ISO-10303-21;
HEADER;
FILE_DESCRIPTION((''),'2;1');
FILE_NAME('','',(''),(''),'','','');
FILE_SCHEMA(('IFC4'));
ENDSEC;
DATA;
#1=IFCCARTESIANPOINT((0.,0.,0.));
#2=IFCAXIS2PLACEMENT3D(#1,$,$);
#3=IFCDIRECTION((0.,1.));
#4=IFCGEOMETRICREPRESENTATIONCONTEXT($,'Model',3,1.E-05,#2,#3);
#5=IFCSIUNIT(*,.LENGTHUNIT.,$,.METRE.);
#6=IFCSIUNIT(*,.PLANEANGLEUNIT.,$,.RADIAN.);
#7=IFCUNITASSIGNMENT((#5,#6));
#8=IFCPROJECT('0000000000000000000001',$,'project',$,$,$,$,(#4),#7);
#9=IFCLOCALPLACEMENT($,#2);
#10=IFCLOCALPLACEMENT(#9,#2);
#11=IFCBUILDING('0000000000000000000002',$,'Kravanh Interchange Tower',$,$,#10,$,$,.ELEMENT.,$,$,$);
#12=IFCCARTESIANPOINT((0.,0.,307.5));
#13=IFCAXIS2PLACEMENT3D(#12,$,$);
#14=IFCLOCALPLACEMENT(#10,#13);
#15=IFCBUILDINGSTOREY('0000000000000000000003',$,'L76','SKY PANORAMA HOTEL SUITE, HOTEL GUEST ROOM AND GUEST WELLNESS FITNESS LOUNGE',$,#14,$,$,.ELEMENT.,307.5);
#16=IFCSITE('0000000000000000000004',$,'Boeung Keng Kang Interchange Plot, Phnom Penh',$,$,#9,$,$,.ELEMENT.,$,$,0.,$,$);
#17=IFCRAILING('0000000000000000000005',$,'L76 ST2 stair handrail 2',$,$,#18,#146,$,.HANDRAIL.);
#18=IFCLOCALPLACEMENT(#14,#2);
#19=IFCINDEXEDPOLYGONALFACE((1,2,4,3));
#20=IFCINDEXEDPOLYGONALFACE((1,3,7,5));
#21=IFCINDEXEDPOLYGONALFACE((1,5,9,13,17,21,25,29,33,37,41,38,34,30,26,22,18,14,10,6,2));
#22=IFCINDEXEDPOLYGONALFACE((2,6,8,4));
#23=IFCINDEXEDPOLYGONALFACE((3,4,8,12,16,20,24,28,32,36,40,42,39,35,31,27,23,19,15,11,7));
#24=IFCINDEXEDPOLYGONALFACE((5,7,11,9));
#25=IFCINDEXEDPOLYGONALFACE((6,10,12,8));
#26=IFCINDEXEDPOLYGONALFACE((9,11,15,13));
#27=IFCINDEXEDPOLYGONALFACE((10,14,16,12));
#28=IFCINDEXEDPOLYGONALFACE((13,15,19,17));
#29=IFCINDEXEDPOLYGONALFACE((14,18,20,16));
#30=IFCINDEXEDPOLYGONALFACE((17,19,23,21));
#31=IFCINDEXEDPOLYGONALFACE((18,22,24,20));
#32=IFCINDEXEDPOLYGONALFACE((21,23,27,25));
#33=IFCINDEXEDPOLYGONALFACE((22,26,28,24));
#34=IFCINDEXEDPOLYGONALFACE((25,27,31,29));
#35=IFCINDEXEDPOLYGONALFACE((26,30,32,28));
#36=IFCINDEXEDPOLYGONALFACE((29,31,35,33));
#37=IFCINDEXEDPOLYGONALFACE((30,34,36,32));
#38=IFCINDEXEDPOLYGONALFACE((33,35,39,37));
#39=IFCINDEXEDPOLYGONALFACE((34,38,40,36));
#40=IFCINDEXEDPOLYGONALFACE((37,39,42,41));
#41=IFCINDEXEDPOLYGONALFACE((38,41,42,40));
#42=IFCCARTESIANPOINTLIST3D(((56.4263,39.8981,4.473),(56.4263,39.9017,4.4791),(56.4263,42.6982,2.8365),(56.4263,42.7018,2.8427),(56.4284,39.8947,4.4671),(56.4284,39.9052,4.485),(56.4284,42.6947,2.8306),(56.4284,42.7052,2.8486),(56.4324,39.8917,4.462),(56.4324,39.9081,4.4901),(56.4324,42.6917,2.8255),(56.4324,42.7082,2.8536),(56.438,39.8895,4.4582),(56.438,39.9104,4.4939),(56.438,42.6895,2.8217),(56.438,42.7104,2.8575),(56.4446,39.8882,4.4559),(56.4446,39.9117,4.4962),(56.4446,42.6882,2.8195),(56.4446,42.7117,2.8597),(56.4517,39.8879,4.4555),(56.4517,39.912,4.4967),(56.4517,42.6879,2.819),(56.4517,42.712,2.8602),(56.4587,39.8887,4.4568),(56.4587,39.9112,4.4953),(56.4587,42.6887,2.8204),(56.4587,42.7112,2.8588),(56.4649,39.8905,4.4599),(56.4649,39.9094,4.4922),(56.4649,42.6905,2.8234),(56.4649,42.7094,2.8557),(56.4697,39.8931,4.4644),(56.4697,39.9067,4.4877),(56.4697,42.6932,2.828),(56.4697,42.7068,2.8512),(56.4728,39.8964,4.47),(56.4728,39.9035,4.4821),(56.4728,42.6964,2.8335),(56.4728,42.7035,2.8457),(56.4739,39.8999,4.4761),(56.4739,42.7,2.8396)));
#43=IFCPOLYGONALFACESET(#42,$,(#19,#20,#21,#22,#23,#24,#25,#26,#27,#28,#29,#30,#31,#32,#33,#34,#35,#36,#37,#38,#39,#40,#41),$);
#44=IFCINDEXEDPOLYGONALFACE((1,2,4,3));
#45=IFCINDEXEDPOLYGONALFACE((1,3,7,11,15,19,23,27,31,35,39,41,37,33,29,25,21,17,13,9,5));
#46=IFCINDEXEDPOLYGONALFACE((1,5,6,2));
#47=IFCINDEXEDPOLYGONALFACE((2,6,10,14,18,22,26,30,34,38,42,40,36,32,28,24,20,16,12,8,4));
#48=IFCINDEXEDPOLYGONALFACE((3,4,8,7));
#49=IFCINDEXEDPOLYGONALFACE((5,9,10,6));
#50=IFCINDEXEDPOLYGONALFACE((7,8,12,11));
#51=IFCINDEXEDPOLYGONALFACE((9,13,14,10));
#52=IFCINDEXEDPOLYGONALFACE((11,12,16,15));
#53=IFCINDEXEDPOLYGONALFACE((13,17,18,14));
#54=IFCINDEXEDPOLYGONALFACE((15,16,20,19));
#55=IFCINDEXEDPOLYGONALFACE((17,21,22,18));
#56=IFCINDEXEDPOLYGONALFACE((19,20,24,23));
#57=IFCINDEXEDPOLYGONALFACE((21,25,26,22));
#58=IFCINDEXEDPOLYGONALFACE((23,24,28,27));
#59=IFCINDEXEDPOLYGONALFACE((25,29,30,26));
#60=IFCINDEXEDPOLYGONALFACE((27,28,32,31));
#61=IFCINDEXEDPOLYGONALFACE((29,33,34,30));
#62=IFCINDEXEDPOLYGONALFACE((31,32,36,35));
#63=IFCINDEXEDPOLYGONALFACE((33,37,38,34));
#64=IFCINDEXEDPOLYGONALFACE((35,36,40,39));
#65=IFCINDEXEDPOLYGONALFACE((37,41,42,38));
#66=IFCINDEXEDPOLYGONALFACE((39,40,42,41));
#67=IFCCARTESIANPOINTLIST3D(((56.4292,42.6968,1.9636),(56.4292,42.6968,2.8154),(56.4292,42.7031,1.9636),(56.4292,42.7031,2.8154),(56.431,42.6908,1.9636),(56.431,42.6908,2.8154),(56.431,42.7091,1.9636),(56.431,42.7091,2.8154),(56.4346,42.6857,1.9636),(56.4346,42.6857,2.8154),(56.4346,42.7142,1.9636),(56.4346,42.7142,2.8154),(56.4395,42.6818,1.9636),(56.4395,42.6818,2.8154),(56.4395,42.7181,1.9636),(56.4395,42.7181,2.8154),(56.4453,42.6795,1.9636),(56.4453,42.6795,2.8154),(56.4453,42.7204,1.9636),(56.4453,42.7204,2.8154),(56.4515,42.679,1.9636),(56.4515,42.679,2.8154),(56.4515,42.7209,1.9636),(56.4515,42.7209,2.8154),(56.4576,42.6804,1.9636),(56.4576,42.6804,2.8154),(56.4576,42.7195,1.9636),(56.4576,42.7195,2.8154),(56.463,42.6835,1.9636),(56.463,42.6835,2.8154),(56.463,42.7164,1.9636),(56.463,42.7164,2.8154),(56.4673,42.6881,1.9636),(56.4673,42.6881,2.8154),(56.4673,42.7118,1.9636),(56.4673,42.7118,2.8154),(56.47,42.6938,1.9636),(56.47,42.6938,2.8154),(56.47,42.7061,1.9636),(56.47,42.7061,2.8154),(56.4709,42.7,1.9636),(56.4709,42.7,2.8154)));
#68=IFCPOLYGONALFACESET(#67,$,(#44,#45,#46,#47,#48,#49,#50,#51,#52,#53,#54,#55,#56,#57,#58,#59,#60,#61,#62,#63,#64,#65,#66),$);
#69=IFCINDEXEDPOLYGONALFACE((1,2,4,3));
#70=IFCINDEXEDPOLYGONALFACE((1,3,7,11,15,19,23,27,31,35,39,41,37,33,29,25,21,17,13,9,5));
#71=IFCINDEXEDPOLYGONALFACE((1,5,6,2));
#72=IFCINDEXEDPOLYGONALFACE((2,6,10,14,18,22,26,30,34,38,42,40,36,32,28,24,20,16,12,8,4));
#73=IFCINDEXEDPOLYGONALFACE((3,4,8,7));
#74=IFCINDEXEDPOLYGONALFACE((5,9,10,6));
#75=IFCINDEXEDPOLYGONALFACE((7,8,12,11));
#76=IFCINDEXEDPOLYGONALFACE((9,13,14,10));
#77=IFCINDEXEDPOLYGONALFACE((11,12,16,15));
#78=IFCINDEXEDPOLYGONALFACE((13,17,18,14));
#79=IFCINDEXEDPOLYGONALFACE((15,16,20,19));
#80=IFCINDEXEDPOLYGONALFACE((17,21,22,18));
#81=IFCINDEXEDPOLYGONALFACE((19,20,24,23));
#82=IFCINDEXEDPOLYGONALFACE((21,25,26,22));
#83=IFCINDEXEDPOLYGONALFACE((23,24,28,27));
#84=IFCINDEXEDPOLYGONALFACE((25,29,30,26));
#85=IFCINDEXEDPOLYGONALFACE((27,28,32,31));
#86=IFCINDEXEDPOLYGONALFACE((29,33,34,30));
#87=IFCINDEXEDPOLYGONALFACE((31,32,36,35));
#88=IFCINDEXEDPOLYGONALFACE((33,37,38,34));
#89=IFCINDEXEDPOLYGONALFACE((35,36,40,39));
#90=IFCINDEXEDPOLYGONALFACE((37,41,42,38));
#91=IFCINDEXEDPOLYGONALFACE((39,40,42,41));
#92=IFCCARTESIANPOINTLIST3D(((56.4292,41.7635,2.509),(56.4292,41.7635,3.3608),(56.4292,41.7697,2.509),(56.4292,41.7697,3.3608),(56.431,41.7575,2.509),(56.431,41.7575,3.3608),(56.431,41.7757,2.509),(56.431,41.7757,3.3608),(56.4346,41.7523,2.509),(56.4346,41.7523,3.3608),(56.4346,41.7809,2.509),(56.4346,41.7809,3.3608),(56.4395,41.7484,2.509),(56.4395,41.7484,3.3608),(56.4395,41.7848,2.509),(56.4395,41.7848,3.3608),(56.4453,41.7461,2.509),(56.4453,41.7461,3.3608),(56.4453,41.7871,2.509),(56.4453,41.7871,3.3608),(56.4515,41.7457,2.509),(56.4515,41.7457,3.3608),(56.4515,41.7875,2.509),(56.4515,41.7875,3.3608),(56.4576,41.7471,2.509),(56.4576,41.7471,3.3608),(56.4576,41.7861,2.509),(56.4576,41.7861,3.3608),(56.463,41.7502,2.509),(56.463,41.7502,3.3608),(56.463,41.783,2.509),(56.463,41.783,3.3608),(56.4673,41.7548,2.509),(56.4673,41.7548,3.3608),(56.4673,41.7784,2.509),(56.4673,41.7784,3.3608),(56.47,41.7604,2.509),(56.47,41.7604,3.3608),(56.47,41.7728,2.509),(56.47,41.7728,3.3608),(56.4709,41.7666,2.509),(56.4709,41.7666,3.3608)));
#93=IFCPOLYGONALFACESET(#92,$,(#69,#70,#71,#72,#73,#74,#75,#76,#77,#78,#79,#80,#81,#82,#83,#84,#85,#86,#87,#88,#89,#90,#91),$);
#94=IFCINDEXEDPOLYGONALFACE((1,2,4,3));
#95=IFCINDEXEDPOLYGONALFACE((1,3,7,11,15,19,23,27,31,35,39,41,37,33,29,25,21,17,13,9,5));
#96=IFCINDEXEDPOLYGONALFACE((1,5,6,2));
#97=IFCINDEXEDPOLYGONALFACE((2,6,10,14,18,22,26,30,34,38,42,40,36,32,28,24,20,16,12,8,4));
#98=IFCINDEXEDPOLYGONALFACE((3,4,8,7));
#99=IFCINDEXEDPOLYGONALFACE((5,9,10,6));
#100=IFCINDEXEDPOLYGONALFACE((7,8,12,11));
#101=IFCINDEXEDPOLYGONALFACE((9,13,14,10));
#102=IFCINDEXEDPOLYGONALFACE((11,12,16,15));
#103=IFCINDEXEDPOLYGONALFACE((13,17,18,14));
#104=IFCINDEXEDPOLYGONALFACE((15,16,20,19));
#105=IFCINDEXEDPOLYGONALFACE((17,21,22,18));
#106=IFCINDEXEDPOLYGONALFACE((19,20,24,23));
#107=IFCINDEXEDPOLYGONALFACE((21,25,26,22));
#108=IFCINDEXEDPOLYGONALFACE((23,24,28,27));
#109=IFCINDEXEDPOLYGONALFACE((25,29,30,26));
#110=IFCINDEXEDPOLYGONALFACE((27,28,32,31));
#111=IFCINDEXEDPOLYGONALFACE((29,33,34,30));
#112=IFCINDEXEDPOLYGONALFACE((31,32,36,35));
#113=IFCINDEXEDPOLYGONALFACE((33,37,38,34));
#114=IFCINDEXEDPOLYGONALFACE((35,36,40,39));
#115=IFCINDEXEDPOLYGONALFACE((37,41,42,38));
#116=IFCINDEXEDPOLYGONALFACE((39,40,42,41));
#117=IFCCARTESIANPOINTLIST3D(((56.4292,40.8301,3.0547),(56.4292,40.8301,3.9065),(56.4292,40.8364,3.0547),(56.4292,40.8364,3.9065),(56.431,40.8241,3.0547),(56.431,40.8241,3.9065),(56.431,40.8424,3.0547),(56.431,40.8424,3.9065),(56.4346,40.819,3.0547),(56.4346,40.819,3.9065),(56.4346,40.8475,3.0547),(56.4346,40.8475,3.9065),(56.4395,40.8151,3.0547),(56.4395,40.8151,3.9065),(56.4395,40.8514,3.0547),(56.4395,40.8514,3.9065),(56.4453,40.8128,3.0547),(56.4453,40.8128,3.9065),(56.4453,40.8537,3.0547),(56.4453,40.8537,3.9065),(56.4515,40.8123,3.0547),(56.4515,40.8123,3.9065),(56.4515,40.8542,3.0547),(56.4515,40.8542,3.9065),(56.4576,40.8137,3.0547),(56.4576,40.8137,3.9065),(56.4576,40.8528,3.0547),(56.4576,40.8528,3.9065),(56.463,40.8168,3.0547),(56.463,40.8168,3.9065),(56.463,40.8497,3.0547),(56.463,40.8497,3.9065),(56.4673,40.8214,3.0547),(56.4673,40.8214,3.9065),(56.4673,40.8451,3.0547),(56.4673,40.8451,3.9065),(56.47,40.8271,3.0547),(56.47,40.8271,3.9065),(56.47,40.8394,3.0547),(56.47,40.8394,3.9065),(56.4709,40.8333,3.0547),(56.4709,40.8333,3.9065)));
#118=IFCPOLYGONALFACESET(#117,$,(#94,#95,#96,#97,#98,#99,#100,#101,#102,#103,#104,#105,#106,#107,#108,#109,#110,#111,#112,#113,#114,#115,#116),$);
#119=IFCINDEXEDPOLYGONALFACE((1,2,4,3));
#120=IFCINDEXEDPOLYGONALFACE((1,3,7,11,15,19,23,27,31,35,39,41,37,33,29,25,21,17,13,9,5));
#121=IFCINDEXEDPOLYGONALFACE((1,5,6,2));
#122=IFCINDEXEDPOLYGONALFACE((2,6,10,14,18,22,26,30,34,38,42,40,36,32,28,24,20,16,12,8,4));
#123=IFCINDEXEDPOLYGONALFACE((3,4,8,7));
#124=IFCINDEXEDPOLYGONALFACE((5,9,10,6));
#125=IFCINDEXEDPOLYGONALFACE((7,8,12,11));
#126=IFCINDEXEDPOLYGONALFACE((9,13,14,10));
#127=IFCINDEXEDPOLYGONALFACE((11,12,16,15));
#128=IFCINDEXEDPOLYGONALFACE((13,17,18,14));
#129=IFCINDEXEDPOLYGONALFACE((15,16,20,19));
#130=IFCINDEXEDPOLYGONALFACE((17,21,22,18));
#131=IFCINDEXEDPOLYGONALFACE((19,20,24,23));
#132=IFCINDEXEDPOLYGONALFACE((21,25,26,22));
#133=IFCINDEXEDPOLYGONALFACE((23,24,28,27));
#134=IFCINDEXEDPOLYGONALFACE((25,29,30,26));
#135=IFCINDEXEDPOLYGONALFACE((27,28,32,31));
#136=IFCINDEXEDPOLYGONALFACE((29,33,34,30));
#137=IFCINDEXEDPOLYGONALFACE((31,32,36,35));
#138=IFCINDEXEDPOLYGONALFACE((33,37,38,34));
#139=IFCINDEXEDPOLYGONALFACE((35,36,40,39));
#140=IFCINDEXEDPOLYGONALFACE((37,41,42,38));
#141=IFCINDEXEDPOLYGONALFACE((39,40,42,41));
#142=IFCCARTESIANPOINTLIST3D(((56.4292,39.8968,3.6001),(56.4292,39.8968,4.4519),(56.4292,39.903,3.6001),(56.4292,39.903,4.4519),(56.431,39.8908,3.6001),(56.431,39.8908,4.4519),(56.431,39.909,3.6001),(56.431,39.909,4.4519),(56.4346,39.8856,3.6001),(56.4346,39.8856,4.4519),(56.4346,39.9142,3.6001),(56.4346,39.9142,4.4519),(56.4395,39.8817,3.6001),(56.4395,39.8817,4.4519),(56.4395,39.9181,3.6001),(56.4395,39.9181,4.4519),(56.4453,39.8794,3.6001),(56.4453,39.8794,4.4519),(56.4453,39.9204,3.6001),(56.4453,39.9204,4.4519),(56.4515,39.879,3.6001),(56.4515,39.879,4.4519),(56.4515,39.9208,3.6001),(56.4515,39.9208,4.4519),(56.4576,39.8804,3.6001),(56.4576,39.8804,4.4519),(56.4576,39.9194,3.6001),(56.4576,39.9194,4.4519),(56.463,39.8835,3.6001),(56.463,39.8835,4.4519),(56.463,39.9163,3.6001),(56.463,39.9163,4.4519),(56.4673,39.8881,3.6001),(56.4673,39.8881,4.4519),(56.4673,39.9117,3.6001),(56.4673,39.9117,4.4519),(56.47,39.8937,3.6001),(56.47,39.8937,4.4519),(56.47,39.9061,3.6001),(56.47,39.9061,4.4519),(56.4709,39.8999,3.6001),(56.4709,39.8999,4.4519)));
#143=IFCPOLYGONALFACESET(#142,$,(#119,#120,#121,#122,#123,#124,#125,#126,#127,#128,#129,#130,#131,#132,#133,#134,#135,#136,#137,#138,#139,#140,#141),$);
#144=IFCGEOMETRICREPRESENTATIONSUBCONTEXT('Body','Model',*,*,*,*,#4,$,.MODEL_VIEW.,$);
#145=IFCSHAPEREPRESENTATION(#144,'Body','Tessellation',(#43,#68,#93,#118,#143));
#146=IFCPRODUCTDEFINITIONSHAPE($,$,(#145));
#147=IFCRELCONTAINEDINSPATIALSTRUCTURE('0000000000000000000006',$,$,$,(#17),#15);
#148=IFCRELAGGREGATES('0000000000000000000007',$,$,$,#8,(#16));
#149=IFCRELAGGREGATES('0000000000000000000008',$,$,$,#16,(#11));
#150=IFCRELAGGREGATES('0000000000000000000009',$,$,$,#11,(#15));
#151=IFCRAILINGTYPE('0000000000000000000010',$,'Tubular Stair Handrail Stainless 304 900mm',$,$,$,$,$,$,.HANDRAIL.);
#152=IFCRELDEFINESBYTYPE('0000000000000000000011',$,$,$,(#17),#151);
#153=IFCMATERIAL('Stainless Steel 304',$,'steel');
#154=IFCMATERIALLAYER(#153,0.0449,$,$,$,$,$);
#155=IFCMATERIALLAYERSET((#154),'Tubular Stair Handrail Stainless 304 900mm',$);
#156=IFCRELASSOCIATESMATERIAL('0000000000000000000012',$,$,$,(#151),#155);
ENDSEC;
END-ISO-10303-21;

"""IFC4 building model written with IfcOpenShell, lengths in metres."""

from ifc_helpers import new_model, si_unit, direction, frame, origin, origin_2d, place, context, subcontext, project, spatial, circle, extrude, material, layer, layer_set, type_object, element, save


model = new_model("IFC4")

# Units and contexts
model_context = context("Model", 3, precision=1e-05, world=origin(), true_north=direction((0.0, 1.0)))
body_context = subcontext(model_context, "Body", "Model", "MODEL_VIEW")
ifc_project = project(units=[si_unit("LENGTHUNIT", "METRE"), si_unit("PLANEANGLEUNIT", "RADIAN")], contexts=[model_context])

# Site, building, storey
site_placement = place(None, origin())
site = spatial("IfcSite", under=ifc_project, at=site_placement, Name="Boeung Keng Kang Interchange Plot, Phnom Penh", CompositionType="ELEMENT", RefElevation=0.0)
building_placement = place(site_placement, origin())
building = spatial("IfcBuilding", under=site, at=building_placement, Name="Kravanh Interchange Tower", CompositionType="ELEMENT")
storey_placement = place(building_placement, frame((0.0, 0.0, 307.5)))
storey = spatial("IfcBuildingStorey", under=building, at=storey_placement, Name="L76", Description="SKY PANORAMA HOTEL SUITE, HOTEL GUEST ROOM AND GUEST WELLNESS FITNESS LOUNGE", CompositionType="ELEMENT", Elevation=307.5)

# Railing
ifc_material_1 = material(Name="Stainless Steel 304", Category="steel")
ifc_layer_1 = layer(ifc_material_1, 0.0449)
ifc_layer_set_1 = layer_set([ifc_layer_1], Name="Tubular Stair Handrail Stainless 304 900mm")
railing_type_1 = type_object("IfcRailingType", Name="Tubular Stair Handrail Stainless 304 900mm", PredefinedType="HANDRAIL", material=ifc_layer_set_1)
railing_1_placement = place(storey_placement, frame((56.45, 42.7, 1.9636)))
element("IfcRailing", 1, at=railing_1_placement, inside=storey, type_object=railing_type_1, Name="L76 ST2 stair handrail 2", PredefinedType="HANDRAIL", context=body_context, shape_type="SweptSolid", body=[
    extrude(circle(Radius=0.0239, at=origin_2d()), frame((0.0, 0.0, 0.876), z_axis=(0.0, -0.863361, 0.504587), x_axis=(1.0, 0.0, 0.0)), (0.0, 0.0, 1.0), 3.2432),
    extrude(circle(Radius=0.021, at=origin_2d()), origin(), (0.0, 0.0, 1.0), 0.8518),
    extrude(circle(Radius=0.021, at=origin_2d()), frame((0.0, -0.9333, 0.5454)), (0.0, 0.0, 1.0), 0.8518),
    extrude(circle(Radius=0.021, at=origin_2d()), frame((0.0, -1.8667, 1.0911)), (0.0, 0.0, 1.0), 0.8518),
    extrude(circle(Radius=0.021, at=origin_2d()), frame((0.0, -2.8, 1.6365)), (0.0, 0.0, 1.0), 0.8518),
])

save(model, "model.ifc")
